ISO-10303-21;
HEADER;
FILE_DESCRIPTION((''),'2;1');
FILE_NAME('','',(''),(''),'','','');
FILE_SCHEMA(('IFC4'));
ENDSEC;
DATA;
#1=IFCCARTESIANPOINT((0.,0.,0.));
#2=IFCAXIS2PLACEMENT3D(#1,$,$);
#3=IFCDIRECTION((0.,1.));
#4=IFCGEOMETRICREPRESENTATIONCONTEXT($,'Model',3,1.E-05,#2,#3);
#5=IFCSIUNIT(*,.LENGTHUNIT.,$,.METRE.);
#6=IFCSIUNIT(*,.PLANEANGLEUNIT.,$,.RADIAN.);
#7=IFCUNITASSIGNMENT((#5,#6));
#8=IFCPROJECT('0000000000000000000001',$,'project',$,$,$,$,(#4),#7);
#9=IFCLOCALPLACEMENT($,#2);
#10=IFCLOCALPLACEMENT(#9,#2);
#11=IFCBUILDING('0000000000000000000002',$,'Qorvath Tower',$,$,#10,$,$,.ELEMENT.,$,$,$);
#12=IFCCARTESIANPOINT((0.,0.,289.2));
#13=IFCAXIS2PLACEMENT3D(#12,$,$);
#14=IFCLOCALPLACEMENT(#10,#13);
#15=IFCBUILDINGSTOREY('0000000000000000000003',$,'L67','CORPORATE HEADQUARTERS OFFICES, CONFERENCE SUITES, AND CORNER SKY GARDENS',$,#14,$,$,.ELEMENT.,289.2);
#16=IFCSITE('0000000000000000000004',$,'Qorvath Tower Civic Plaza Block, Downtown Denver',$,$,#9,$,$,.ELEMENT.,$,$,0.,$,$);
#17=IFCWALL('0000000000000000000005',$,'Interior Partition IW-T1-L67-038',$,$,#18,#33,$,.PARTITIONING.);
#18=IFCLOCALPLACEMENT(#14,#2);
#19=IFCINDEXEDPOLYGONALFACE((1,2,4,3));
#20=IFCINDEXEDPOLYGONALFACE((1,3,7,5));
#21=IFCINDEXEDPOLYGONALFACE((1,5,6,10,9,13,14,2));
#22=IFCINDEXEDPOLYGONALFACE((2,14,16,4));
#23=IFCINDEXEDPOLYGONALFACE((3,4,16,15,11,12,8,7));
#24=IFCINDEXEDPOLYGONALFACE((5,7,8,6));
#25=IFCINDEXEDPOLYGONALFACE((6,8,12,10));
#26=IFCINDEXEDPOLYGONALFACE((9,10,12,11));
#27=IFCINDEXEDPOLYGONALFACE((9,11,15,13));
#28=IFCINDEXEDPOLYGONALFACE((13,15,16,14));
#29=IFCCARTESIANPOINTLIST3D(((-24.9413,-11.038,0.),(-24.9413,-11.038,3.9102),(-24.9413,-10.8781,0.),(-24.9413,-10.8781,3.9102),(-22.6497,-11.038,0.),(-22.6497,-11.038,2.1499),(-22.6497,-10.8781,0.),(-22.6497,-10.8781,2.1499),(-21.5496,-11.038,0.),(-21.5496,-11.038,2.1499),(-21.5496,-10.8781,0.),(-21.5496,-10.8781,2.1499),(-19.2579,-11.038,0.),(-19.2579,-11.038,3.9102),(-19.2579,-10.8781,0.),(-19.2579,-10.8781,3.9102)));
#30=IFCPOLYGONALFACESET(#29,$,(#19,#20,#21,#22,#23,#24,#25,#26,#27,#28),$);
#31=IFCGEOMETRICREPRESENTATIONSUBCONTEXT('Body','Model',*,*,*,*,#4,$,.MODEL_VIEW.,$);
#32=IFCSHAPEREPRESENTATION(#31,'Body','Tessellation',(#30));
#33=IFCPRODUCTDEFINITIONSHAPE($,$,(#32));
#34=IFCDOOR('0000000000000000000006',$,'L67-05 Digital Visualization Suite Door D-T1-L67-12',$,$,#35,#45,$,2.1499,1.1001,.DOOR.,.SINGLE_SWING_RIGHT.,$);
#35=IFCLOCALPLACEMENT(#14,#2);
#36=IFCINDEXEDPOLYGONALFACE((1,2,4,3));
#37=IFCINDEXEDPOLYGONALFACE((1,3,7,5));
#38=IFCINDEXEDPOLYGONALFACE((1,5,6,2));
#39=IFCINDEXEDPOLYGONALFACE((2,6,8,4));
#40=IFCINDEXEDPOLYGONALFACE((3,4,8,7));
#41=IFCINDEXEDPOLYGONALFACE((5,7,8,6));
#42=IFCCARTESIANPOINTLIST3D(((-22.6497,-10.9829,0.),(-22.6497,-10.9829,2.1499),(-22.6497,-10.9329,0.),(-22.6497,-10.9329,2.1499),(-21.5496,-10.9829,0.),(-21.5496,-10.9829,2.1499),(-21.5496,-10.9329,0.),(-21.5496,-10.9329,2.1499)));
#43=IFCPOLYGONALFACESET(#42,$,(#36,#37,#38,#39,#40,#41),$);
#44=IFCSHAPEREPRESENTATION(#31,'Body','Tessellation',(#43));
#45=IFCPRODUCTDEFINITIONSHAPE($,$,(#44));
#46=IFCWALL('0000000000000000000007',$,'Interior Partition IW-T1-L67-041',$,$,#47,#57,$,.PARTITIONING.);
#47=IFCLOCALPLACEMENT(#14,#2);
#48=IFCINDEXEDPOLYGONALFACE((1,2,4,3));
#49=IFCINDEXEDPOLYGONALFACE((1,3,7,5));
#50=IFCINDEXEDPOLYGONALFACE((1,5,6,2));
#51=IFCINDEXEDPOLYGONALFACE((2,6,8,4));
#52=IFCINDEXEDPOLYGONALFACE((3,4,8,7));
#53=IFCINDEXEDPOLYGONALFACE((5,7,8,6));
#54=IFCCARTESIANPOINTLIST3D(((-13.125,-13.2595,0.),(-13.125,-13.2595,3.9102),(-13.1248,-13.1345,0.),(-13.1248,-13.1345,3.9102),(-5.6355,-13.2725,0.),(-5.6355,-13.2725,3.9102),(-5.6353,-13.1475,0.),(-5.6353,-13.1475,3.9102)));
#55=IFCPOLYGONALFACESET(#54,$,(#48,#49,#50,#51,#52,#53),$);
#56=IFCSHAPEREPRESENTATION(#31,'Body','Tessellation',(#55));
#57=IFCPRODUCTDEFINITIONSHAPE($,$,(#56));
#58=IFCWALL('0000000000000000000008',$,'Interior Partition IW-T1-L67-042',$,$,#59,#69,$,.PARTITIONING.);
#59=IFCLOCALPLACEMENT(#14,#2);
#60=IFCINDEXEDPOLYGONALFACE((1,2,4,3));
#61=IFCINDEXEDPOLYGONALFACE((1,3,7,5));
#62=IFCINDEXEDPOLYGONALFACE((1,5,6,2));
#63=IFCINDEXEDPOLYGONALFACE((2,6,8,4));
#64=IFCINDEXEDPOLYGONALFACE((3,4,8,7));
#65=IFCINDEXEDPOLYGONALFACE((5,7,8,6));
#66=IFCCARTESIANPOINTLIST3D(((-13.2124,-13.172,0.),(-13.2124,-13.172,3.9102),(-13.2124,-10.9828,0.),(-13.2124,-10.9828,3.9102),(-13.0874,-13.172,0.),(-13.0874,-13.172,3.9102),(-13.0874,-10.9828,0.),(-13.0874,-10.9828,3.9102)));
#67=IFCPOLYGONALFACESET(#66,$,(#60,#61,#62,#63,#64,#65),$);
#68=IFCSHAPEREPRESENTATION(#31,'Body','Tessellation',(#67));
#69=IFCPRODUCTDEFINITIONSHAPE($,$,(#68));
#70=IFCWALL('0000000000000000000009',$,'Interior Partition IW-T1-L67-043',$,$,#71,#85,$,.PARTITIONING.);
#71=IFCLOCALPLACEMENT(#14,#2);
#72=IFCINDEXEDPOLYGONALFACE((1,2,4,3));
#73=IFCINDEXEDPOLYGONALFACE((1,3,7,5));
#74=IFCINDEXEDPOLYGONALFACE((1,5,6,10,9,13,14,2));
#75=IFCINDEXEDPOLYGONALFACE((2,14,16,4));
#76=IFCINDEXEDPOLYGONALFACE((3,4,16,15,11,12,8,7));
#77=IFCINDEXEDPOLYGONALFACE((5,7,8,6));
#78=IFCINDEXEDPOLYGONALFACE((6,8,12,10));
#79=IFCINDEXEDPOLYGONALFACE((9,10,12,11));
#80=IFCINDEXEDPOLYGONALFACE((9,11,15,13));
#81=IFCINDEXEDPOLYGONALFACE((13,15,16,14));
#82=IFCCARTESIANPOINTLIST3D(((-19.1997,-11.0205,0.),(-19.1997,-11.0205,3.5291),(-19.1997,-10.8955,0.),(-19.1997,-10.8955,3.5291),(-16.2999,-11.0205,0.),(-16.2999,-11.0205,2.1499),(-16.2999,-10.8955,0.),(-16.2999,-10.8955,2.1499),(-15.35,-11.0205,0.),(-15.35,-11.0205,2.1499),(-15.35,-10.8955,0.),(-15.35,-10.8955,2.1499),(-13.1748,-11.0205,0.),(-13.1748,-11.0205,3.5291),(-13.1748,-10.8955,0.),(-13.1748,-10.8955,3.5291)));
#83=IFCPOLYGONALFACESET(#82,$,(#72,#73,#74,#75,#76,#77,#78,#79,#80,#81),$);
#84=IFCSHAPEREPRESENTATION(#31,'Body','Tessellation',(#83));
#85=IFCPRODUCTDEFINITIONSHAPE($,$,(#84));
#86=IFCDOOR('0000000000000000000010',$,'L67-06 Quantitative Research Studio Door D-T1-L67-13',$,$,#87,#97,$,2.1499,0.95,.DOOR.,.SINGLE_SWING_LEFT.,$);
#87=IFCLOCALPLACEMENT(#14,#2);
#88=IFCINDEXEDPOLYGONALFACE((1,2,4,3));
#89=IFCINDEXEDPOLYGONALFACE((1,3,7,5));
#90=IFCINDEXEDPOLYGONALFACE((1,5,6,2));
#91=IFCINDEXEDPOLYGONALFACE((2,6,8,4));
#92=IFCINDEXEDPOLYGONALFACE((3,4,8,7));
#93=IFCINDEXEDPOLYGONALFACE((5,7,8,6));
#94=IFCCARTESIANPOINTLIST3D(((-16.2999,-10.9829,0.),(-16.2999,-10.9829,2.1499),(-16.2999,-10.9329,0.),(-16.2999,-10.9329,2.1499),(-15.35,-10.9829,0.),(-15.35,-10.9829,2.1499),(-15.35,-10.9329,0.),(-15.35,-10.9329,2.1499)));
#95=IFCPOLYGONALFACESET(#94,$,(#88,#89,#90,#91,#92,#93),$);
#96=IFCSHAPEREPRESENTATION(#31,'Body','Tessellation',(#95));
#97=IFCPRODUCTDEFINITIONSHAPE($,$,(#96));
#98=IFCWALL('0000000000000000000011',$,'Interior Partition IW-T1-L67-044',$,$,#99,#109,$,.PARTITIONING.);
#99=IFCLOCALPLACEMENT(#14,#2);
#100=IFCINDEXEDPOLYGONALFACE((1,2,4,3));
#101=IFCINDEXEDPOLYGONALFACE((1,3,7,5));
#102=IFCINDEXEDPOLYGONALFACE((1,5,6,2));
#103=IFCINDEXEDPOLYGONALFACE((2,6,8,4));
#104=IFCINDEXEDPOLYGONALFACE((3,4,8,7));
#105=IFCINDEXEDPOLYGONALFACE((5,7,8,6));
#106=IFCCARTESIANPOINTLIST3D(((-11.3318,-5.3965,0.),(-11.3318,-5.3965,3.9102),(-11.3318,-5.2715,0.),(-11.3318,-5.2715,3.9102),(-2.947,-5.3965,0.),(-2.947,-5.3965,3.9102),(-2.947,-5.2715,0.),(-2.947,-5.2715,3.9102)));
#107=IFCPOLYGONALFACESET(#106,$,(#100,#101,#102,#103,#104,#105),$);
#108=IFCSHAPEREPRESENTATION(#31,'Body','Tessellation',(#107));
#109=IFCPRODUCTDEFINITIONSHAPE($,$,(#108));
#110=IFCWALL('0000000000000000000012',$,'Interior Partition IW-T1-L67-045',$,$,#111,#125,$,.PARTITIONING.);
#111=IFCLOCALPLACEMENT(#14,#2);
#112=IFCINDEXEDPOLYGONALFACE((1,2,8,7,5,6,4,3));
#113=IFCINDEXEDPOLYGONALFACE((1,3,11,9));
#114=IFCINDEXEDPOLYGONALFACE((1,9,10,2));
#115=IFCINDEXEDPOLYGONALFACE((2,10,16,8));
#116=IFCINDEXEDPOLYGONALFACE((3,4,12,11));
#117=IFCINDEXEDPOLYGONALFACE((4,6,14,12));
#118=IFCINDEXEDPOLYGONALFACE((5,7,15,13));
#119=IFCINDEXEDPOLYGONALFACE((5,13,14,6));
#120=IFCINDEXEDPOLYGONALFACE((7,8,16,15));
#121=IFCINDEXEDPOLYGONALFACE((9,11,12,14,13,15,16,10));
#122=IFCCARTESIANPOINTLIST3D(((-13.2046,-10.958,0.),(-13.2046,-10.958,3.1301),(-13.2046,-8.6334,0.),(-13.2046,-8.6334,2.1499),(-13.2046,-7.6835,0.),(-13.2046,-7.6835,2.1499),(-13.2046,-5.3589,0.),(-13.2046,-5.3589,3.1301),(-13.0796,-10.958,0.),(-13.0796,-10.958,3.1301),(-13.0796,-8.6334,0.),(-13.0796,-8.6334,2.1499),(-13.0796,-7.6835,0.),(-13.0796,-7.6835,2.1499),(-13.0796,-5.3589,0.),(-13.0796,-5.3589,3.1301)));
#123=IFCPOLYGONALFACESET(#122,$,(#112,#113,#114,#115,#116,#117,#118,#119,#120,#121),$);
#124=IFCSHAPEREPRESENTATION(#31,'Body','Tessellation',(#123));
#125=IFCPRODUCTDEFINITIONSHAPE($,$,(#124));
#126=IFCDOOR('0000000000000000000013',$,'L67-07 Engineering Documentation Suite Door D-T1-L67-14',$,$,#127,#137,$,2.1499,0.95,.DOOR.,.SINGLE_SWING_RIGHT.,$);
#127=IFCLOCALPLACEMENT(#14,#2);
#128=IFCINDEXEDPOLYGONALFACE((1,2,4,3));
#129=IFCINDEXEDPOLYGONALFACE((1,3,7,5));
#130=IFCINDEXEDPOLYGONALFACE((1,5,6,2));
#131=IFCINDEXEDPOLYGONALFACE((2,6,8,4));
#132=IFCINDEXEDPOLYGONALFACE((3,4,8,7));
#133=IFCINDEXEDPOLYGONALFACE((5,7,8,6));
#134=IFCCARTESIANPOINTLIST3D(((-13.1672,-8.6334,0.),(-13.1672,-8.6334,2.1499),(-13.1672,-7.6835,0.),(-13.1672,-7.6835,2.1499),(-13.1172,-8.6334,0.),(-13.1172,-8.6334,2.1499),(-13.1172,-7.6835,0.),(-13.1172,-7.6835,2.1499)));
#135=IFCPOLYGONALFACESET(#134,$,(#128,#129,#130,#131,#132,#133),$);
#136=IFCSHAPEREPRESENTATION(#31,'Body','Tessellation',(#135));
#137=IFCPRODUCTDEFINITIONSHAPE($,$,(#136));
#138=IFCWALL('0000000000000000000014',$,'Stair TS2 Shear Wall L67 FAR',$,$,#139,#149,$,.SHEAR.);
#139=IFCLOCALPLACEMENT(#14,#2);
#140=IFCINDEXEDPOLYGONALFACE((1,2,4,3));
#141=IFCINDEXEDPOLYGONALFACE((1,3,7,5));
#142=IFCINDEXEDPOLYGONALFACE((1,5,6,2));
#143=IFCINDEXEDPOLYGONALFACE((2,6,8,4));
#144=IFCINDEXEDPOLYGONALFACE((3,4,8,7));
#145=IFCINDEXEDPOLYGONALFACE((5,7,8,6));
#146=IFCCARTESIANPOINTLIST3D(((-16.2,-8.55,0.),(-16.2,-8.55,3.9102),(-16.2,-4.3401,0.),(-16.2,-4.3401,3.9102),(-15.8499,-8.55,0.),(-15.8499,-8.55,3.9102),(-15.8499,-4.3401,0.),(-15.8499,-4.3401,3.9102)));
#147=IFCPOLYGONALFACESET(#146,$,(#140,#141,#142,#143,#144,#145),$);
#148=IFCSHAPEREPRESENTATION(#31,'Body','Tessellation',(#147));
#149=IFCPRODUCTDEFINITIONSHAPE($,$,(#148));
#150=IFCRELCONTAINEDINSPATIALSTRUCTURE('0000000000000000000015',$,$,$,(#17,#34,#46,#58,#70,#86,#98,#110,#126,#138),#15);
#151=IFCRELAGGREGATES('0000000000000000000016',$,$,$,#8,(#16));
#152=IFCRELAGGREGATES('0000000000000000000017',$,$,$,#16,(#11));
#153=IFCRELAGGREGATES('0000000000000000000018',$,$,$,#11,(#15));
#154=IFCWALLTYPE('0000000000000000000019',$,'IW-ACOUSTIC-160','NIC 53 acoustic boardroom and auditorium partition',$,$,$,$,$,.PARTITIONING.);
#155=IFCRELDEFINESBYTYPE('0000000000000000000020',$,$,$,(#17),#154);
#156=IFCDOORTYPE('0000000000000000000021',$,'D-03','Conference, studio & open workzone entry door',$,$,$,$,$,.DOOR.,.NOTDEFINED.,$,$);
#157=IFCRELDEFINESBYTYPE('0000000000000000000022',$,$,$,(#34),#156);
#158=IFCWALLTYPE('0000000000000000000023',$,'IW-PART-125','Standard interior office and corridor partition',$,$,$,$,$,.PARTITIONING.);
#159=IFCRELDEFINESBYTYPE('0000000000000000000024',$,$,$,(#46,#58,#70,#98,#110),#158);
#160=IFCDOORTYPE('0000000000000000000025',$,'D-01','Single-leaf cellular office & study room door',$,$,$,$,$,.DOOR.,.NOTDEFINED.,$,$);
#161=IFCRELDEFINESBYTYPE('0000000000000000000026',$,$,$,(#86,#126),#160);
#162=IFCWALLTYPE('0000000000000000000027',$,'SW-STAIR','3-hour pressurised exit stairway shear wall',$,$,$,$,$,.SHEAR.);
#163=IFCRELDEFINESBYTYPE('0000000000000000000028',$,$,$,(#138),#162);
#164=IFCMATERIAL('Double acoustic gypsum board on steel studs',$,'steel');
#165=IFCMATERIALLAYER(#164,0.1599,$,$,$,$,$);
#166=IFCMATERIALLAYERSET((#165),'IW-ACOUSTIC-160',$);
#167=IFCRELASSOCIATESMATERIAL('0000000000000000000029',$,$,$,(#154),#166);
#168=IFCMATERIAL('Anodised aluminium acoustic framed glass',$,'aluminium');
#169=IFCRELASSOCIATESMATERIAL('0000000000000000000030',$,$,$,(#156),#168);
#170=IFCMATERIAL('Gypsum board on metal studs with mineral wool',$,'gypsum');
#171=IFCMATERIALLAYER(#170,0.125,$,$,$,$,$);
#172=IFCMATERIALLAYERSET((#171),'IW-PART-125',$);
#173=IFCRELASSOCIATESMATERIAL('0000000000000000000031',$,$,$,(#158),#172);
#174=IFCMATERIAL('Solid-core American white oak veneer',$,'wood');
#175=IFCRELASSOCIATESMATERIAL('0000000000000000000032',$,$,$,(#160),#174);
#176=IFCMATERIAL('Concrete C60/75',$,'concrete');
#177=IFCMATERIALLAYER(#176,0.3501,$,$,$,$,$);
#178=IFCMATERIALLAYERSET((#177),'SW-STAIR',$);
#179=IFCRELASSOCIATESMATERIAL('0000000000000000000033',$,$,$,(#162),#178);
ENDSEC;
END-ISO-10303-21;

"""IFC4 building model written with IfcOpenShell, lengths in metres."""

from ifc_helpers import new_model, si_unit, direction, frame, frame_2d, origin, place, context, subcontext, project, spatial, rectangle, extrude, material, layer, layer_set, type_object, element, fill, save


model = new_model("IFC4")

# Units and contexts
model_context = context("Model", 3, precision=1e-05, world=origin(), true_north=direction((0.0, 1.0)))
body_context = subcontext(model_context, "Body", "Model", "MODEL_VIEW")
ifc_project = project(units=[si_unit("LENGTHUNIT", "METRE"), si_unit("PLANEANGLEUNIT", "RADIAN")], contexts=[model_context])

# Site, building, storey
site_placement = place(None, origin())
site = spatial("IfcSite", under=ifc_project, at=site_placement, Name="Qorvath Tower Civic Plaza Block, Downtown Denver", CompositionType="ELEMENT", RefElevation=0.0)
building_placement = place(site_placement, origin())
building = spatial("IfcBuilding", under=site, at=building_placement, Name="Qorvath Tower", CompositionType="ELEMENT")
storey_placement = place(building_placement, frame((0.0, 0.0, 289.2)))
storey = spatial("IfcBuildingStorey", under=building, at=storey_placement, Name="L67", Description="CORPORATE HEADQUARTERS OFFICES, CONFERENCE SUITES, AND CORNER SKY GARDENS", CompositionType="ELEMENT", Elevation=289.2)

# Wall, opening, door
ifc_material_1 = material(Name="Double acoustic gypsum board on steel studs", Category="steel")
ifc_layer_1 = layer(ifc_material_1, 0.1599)
ifc_layer_set_1 = layer_set([ifc_layer_1], Name="IW-ACOUSTIC-160")
wall_type_1 = type_object("IfcWallType", Name="IW-ACOUSTIC-160", Description="NIC 53 acoustic boardroom and auditorium partition", PredefinedType="PARTITIONING", material=ifc_layer_set_1)
wall_1_placement = place(storey_placement, frame((-19.2578, -10.958, 0.0), z_axis=(0.0, 0.0, 1.0), x_axis=(-1.0, 0.0, 0.0)))
wall_1 = element("IfcWall", 1, at=wall_1_placement, inside=storey, type_object=wall_type_1, Name="Interior Partition IW-T1-L67-038", PredefinedType="PARTITIONING", context=body_context, shape_type="SweptSolid", body=[
    extrude(rectangle(XDim=5.6833, YDim=0.1599, at=frame_2d((2.8418, 0.0))), origin(), (0.0, 0.0, 1.0), 3.9102),
])
opening_1_placement = place(wall_1_placement, frame((2.2917, 0.0, 0.0)))
opening_1 = element("IfcOpeningElement", 2, at=opening_1_placement, cuts=wall_1, PredefinedType="OPENING", context=body_context, shape_type="SweptSolid", body=[
    extrude(rectangle(XDim=1.1001, YDim=2.1499, at=frame_2d((0.55, 1.075))), frame((0.0, 0.0898, 0.0), z_axis=(0.0, -1.0, 0.0), x_axis=(1.0, 0.0, 0.0)), (0.0, 0.0, 1.0), 0.1799),
])
ifc_material_2 = material(Name="Anodised aluminium acoustic framed glass", Category="aluminium")
door_type_1 = type_object("IfcDoorType", Name="D-03", Description="Conference, studio & open workzone entry door", OperationType="NOTDEFINED", PredefinedType="DOOR", material=ifc_material_2)
door_1_placement = place(opening_1_placement, origin())
door_1 = element("IfcDoor", 3, at=door_1_placement, inside=storey, type_object=door_type_1, Name="L67-05 Digital Visualization Suite Door D-T1-L67-12", OperationType="SINGLE_SWING_RIGHT", OverallHeight=2.1499, OverallWidth=1.1001, PredefinedType="DOOR", context=body_context, shape_type="SweptSolid", body=[
    extrude(rectangle(XDim=1.1001, YDim=2.1499, at=frame_2d((0.55, 1.075))), frame((0.0, 0.0249, 0.0), z_axis=(0.0, -1.0, 0.0), x_axis=(1.0, 0.0, 0.0)), (0.0, 0.0, 1.0), 0.05),
])
fill(opening_1, door_1)

# Walls
ifc_material_3 = material(Name="Gypsum board on metal studs with mineral wool", Category="gypsum")
ifc_layer_2 = layer(ifc_material_3, 0.125)
ifc_layer_set_2 = layer_set([ifc_layer_2], Name="IW-PART-125")
wall_type_2 = type_object("IfcWallType", Name="IW-PART-125", Description="Standard interior office and corridor partition", PredefinedType="PARTITIONING", material=ifc_layer_set_2)
wall_2_placement = place(storey_placement, frame((-5.6355, -13.21, 0.0), z_axis=(0.0, 0.0, 1.0), x_axis=(-0.999999, 0.001728, 0.0)))
element("IfcWall", 4, at=wall_2_placement, inside=storey, type_object=wall_type_2, Name="Interior Partition IW-T1-L67-041", PredefinedType="PARTITIONING", context=body_context, shape_type="SweptSolid", body=[
    extrude(rectangle(XDim=7.4895, YDim=0.125, at=frame_2d((3.7446, 0.0))), origin(), (0.0, 0.0, 1.0), 3.9102),
])
wall_3_placement = place(storey_placement, frame((-13.1499, -13.1721, 0.0), z_axis=(0.0, 0.0, 1.0), x_axis=(0.0, 1.0, 0.0)))
element("IfcWall", 5, at=wall_3_placement, inside=storey, type_object=wall_type_2, Name="Interior Partition IW-T1-L67-042", PredefinedType="PARTITIONING", context=body_context, shape_type="SweptSolid", body=[
    extrude(rectangle(XDim=2.1892, YDim=0.125, at=frame_2d((1.0947, 0.0))), origin(), (0.0, 0.0, 1.0), 3.9102),
])

# Wall, opening, door
wall_4_placement = place(storey_placement, frame((-13.1748, -10.958, 0.0), z_axis=(0.0, 0.0, 1.0), x_axis=(-1.0, 0.0, 0.0)))
wall_4 = element("IfcWall", 6, at=wall_4_placement, inside=storey, type_object=wall_type_2, Name="Interior Partition IW-T1-L67-043", PredefinedType="PARTITIONING", context=body_context, shape_type="SweptSolid", body=[
    extrude(rectangle(XDim=6.0249, YDim=0.125, at=frame_2d((3.0125, 0.0))), origin(), (0.0, 0.0, 1.0), 3.5291),
])
opening_2_placement = place(wall_4_placement, frame((2.175, 0.0, 0.0)))
opening_2 = element("IfcOpeningElement", 7, at=opening_2_placement, cuts=wall_4, PredefinedType="OPENING", context=body_context, shape_type="SweptSolid", body=[
    extrude(rectangle(XDim=0.95, YDim=2.1499, at=frame_2d((0.4751, 1.075))), frame((0.0, 0.0725, 0.0), z_axis=(0.0, -1.0, 0.0), x_axis=(1.0, 0.0, 0.0)), (0.0, 0.0, 1.0), 0.145),
])
ifc_material_4 = material(Name="Solid-core American white oak veneer", Category="wood")
door_type_2 = type_object("IfcDoorType", Name="D-01", Description="Single-leaf cellular office & study room door", OperationType="NOTDEFINED", PredefinedType="DOOR", material=ifc_material_4)
door_2_placement = place(opening_2_placement, origin())
door_2 = element("IfcDoor", 8, at=door_2_placement, inside=storey, type_object=door_type_2, Name="L67-06 Quantitative Research Studio Door D-T1-L67-13", OperationType="SINGLE_SWING_LEFT", OverallHeight=2.1499, OverallWidth=0.95, PredefinedType="DOOR", context=body_context, shape_type="SweptSolid", body=[
    extrude(rectangle(XDim=0.95, YDim=2.1499, at=frame_2d((0.4751, 1.075))), frame((0.0, 0.0249, 0.0), z_axis=(0.0, -1.0, 0.0), x_axis=(1.0, 0.0, 0.0)), (0.0, 0.0, 1.0), 0.05),
])
fill(opening_2, door_2)

# Wall
wall_5_placement = place(storey_placement, frame((-2.947, -5.334, 0.0), z_axis=(0.0, 0.0, 1.0), x_axis=(-1.0, 0.0, 0.0)))
element("IfcWall", 9, at=wall_5_placement, inside=storey, type_object=wall_type_2, Name="Interior Partition IW-T1-L67-044", PredefinedType="PARTITIONING", context=body_context, shape_type="SweptSolid", body=[
    extrude(rectangle(XDim=8.3848, YDim=0.125, at=frame_2d((4.1924, 0.0))), origin(), (0.0, 0.0, 1.0), 3.9102),
])

# Wall, opening, door
wall_6_placement = place(storey_placement, frame((-13.1421, -5.3589, 0.0), z_axis=(0.0, 0.0, 1.0), x_axis=(0.0, -1.0, 0.0)))
wall_6 = element("IfcWall", 10, at=wall_6_placement, inside=storey, type_object=wall_type_2, Name="Interior Partition IW-T1-L67-045", PredefinedType="PARTITIONING", context=body_context, shape_type="SweptSolid", body=[
    extrude(rectangle(XDim=5.5991, YDim=0.125, at=frame_2d((2.7996, 0.0))), origin(), (0.0, 0.0, 1.0), 3.1301),
])
opening_3_placement = place(wall_6_placement, frame((2.3245, 0.0, 0.0)))
opening_3 = element("IfcOpeningElement", 11, at=opening_3_placement, cuts=wall_6, PredefinedType="OPENING", context=body_context, shape_type="SweptSolid", body=[
    extrude(rectangle(XDim=0.95, YDim=2.1499, at=frame_2d((0.4751, 1.075))), frame((0.0, 0.0725, 0.0), z_axis=(0.0, -1.0, 0.0), x_axis=(1.0, 0.0, 0.0)), (0.0, 0.0, 1.0), 0.145),
])
door_3_placement = place(opening_3_placement, origin())
door_3 = element("IfcDoor", 12, at=door_3_placement, inside=storey, type_object=door_type_2, Name="L67-07 Engineering Documentation Suite Door D-T1-L67-14", OperationType="SINGLE_SWING_RIGHT", OverallHeight=2.1499, OverallWidth=0.95, PredefinedType="DOOR", context=body_context, shape_type="SweptSolid", body=[
    extrude(rectangle(XDim=0.95, YDim=2.1499, at=frame_2d((0.4751, 1.075))), frame((0.0, 0.0249, 0.0), z_axis=(0.0, -1.0, 0.0), x_axis=(1.0, 0.0, 0.0)), (0.0, 0.0, 1.0), 0.05),
])
fill(opening_3, door_3)

# Wall
ifc_material_5 = material(Name="Concrete C60/75", Category="concrete")
ifc_layer_3 = layer(ifc_material_5, 0.3501)
ifc_layer_set_3 = layer_set([ifc_layer_3], Name="SW-STAIR")
wall_type_3 = type_object("IfcWallType", Name="SW-STAIR", Description="3-hour pressurised exit stairway shear wall", PredefinedType="SHEAR", material=ifc_layer_set_3)
wall_7_placement = place(storey_placement, frame((-16.0249, -8.55, 0.0), z_axis=(0.0, 0.0, 1.0), x_axis=(0.0, 1.0, 0.0)))
element("IfcWall", 13, at=wall_7_placement, inside=storey, type_object=wall_type_3, Name="Stair TS2 Shear Wall L67 FAR", PredefinedType="SHEAR", context=body_context, shape_type="SweptSolid", body=[
    extrude(rectangle(XDim=4.21, YDim=0.3501, at=frame_2d((2.105, 0.0))), origin(), (0.0, 0.0, 1.0), 3.9102),
])

save(model, "model.ifc")
